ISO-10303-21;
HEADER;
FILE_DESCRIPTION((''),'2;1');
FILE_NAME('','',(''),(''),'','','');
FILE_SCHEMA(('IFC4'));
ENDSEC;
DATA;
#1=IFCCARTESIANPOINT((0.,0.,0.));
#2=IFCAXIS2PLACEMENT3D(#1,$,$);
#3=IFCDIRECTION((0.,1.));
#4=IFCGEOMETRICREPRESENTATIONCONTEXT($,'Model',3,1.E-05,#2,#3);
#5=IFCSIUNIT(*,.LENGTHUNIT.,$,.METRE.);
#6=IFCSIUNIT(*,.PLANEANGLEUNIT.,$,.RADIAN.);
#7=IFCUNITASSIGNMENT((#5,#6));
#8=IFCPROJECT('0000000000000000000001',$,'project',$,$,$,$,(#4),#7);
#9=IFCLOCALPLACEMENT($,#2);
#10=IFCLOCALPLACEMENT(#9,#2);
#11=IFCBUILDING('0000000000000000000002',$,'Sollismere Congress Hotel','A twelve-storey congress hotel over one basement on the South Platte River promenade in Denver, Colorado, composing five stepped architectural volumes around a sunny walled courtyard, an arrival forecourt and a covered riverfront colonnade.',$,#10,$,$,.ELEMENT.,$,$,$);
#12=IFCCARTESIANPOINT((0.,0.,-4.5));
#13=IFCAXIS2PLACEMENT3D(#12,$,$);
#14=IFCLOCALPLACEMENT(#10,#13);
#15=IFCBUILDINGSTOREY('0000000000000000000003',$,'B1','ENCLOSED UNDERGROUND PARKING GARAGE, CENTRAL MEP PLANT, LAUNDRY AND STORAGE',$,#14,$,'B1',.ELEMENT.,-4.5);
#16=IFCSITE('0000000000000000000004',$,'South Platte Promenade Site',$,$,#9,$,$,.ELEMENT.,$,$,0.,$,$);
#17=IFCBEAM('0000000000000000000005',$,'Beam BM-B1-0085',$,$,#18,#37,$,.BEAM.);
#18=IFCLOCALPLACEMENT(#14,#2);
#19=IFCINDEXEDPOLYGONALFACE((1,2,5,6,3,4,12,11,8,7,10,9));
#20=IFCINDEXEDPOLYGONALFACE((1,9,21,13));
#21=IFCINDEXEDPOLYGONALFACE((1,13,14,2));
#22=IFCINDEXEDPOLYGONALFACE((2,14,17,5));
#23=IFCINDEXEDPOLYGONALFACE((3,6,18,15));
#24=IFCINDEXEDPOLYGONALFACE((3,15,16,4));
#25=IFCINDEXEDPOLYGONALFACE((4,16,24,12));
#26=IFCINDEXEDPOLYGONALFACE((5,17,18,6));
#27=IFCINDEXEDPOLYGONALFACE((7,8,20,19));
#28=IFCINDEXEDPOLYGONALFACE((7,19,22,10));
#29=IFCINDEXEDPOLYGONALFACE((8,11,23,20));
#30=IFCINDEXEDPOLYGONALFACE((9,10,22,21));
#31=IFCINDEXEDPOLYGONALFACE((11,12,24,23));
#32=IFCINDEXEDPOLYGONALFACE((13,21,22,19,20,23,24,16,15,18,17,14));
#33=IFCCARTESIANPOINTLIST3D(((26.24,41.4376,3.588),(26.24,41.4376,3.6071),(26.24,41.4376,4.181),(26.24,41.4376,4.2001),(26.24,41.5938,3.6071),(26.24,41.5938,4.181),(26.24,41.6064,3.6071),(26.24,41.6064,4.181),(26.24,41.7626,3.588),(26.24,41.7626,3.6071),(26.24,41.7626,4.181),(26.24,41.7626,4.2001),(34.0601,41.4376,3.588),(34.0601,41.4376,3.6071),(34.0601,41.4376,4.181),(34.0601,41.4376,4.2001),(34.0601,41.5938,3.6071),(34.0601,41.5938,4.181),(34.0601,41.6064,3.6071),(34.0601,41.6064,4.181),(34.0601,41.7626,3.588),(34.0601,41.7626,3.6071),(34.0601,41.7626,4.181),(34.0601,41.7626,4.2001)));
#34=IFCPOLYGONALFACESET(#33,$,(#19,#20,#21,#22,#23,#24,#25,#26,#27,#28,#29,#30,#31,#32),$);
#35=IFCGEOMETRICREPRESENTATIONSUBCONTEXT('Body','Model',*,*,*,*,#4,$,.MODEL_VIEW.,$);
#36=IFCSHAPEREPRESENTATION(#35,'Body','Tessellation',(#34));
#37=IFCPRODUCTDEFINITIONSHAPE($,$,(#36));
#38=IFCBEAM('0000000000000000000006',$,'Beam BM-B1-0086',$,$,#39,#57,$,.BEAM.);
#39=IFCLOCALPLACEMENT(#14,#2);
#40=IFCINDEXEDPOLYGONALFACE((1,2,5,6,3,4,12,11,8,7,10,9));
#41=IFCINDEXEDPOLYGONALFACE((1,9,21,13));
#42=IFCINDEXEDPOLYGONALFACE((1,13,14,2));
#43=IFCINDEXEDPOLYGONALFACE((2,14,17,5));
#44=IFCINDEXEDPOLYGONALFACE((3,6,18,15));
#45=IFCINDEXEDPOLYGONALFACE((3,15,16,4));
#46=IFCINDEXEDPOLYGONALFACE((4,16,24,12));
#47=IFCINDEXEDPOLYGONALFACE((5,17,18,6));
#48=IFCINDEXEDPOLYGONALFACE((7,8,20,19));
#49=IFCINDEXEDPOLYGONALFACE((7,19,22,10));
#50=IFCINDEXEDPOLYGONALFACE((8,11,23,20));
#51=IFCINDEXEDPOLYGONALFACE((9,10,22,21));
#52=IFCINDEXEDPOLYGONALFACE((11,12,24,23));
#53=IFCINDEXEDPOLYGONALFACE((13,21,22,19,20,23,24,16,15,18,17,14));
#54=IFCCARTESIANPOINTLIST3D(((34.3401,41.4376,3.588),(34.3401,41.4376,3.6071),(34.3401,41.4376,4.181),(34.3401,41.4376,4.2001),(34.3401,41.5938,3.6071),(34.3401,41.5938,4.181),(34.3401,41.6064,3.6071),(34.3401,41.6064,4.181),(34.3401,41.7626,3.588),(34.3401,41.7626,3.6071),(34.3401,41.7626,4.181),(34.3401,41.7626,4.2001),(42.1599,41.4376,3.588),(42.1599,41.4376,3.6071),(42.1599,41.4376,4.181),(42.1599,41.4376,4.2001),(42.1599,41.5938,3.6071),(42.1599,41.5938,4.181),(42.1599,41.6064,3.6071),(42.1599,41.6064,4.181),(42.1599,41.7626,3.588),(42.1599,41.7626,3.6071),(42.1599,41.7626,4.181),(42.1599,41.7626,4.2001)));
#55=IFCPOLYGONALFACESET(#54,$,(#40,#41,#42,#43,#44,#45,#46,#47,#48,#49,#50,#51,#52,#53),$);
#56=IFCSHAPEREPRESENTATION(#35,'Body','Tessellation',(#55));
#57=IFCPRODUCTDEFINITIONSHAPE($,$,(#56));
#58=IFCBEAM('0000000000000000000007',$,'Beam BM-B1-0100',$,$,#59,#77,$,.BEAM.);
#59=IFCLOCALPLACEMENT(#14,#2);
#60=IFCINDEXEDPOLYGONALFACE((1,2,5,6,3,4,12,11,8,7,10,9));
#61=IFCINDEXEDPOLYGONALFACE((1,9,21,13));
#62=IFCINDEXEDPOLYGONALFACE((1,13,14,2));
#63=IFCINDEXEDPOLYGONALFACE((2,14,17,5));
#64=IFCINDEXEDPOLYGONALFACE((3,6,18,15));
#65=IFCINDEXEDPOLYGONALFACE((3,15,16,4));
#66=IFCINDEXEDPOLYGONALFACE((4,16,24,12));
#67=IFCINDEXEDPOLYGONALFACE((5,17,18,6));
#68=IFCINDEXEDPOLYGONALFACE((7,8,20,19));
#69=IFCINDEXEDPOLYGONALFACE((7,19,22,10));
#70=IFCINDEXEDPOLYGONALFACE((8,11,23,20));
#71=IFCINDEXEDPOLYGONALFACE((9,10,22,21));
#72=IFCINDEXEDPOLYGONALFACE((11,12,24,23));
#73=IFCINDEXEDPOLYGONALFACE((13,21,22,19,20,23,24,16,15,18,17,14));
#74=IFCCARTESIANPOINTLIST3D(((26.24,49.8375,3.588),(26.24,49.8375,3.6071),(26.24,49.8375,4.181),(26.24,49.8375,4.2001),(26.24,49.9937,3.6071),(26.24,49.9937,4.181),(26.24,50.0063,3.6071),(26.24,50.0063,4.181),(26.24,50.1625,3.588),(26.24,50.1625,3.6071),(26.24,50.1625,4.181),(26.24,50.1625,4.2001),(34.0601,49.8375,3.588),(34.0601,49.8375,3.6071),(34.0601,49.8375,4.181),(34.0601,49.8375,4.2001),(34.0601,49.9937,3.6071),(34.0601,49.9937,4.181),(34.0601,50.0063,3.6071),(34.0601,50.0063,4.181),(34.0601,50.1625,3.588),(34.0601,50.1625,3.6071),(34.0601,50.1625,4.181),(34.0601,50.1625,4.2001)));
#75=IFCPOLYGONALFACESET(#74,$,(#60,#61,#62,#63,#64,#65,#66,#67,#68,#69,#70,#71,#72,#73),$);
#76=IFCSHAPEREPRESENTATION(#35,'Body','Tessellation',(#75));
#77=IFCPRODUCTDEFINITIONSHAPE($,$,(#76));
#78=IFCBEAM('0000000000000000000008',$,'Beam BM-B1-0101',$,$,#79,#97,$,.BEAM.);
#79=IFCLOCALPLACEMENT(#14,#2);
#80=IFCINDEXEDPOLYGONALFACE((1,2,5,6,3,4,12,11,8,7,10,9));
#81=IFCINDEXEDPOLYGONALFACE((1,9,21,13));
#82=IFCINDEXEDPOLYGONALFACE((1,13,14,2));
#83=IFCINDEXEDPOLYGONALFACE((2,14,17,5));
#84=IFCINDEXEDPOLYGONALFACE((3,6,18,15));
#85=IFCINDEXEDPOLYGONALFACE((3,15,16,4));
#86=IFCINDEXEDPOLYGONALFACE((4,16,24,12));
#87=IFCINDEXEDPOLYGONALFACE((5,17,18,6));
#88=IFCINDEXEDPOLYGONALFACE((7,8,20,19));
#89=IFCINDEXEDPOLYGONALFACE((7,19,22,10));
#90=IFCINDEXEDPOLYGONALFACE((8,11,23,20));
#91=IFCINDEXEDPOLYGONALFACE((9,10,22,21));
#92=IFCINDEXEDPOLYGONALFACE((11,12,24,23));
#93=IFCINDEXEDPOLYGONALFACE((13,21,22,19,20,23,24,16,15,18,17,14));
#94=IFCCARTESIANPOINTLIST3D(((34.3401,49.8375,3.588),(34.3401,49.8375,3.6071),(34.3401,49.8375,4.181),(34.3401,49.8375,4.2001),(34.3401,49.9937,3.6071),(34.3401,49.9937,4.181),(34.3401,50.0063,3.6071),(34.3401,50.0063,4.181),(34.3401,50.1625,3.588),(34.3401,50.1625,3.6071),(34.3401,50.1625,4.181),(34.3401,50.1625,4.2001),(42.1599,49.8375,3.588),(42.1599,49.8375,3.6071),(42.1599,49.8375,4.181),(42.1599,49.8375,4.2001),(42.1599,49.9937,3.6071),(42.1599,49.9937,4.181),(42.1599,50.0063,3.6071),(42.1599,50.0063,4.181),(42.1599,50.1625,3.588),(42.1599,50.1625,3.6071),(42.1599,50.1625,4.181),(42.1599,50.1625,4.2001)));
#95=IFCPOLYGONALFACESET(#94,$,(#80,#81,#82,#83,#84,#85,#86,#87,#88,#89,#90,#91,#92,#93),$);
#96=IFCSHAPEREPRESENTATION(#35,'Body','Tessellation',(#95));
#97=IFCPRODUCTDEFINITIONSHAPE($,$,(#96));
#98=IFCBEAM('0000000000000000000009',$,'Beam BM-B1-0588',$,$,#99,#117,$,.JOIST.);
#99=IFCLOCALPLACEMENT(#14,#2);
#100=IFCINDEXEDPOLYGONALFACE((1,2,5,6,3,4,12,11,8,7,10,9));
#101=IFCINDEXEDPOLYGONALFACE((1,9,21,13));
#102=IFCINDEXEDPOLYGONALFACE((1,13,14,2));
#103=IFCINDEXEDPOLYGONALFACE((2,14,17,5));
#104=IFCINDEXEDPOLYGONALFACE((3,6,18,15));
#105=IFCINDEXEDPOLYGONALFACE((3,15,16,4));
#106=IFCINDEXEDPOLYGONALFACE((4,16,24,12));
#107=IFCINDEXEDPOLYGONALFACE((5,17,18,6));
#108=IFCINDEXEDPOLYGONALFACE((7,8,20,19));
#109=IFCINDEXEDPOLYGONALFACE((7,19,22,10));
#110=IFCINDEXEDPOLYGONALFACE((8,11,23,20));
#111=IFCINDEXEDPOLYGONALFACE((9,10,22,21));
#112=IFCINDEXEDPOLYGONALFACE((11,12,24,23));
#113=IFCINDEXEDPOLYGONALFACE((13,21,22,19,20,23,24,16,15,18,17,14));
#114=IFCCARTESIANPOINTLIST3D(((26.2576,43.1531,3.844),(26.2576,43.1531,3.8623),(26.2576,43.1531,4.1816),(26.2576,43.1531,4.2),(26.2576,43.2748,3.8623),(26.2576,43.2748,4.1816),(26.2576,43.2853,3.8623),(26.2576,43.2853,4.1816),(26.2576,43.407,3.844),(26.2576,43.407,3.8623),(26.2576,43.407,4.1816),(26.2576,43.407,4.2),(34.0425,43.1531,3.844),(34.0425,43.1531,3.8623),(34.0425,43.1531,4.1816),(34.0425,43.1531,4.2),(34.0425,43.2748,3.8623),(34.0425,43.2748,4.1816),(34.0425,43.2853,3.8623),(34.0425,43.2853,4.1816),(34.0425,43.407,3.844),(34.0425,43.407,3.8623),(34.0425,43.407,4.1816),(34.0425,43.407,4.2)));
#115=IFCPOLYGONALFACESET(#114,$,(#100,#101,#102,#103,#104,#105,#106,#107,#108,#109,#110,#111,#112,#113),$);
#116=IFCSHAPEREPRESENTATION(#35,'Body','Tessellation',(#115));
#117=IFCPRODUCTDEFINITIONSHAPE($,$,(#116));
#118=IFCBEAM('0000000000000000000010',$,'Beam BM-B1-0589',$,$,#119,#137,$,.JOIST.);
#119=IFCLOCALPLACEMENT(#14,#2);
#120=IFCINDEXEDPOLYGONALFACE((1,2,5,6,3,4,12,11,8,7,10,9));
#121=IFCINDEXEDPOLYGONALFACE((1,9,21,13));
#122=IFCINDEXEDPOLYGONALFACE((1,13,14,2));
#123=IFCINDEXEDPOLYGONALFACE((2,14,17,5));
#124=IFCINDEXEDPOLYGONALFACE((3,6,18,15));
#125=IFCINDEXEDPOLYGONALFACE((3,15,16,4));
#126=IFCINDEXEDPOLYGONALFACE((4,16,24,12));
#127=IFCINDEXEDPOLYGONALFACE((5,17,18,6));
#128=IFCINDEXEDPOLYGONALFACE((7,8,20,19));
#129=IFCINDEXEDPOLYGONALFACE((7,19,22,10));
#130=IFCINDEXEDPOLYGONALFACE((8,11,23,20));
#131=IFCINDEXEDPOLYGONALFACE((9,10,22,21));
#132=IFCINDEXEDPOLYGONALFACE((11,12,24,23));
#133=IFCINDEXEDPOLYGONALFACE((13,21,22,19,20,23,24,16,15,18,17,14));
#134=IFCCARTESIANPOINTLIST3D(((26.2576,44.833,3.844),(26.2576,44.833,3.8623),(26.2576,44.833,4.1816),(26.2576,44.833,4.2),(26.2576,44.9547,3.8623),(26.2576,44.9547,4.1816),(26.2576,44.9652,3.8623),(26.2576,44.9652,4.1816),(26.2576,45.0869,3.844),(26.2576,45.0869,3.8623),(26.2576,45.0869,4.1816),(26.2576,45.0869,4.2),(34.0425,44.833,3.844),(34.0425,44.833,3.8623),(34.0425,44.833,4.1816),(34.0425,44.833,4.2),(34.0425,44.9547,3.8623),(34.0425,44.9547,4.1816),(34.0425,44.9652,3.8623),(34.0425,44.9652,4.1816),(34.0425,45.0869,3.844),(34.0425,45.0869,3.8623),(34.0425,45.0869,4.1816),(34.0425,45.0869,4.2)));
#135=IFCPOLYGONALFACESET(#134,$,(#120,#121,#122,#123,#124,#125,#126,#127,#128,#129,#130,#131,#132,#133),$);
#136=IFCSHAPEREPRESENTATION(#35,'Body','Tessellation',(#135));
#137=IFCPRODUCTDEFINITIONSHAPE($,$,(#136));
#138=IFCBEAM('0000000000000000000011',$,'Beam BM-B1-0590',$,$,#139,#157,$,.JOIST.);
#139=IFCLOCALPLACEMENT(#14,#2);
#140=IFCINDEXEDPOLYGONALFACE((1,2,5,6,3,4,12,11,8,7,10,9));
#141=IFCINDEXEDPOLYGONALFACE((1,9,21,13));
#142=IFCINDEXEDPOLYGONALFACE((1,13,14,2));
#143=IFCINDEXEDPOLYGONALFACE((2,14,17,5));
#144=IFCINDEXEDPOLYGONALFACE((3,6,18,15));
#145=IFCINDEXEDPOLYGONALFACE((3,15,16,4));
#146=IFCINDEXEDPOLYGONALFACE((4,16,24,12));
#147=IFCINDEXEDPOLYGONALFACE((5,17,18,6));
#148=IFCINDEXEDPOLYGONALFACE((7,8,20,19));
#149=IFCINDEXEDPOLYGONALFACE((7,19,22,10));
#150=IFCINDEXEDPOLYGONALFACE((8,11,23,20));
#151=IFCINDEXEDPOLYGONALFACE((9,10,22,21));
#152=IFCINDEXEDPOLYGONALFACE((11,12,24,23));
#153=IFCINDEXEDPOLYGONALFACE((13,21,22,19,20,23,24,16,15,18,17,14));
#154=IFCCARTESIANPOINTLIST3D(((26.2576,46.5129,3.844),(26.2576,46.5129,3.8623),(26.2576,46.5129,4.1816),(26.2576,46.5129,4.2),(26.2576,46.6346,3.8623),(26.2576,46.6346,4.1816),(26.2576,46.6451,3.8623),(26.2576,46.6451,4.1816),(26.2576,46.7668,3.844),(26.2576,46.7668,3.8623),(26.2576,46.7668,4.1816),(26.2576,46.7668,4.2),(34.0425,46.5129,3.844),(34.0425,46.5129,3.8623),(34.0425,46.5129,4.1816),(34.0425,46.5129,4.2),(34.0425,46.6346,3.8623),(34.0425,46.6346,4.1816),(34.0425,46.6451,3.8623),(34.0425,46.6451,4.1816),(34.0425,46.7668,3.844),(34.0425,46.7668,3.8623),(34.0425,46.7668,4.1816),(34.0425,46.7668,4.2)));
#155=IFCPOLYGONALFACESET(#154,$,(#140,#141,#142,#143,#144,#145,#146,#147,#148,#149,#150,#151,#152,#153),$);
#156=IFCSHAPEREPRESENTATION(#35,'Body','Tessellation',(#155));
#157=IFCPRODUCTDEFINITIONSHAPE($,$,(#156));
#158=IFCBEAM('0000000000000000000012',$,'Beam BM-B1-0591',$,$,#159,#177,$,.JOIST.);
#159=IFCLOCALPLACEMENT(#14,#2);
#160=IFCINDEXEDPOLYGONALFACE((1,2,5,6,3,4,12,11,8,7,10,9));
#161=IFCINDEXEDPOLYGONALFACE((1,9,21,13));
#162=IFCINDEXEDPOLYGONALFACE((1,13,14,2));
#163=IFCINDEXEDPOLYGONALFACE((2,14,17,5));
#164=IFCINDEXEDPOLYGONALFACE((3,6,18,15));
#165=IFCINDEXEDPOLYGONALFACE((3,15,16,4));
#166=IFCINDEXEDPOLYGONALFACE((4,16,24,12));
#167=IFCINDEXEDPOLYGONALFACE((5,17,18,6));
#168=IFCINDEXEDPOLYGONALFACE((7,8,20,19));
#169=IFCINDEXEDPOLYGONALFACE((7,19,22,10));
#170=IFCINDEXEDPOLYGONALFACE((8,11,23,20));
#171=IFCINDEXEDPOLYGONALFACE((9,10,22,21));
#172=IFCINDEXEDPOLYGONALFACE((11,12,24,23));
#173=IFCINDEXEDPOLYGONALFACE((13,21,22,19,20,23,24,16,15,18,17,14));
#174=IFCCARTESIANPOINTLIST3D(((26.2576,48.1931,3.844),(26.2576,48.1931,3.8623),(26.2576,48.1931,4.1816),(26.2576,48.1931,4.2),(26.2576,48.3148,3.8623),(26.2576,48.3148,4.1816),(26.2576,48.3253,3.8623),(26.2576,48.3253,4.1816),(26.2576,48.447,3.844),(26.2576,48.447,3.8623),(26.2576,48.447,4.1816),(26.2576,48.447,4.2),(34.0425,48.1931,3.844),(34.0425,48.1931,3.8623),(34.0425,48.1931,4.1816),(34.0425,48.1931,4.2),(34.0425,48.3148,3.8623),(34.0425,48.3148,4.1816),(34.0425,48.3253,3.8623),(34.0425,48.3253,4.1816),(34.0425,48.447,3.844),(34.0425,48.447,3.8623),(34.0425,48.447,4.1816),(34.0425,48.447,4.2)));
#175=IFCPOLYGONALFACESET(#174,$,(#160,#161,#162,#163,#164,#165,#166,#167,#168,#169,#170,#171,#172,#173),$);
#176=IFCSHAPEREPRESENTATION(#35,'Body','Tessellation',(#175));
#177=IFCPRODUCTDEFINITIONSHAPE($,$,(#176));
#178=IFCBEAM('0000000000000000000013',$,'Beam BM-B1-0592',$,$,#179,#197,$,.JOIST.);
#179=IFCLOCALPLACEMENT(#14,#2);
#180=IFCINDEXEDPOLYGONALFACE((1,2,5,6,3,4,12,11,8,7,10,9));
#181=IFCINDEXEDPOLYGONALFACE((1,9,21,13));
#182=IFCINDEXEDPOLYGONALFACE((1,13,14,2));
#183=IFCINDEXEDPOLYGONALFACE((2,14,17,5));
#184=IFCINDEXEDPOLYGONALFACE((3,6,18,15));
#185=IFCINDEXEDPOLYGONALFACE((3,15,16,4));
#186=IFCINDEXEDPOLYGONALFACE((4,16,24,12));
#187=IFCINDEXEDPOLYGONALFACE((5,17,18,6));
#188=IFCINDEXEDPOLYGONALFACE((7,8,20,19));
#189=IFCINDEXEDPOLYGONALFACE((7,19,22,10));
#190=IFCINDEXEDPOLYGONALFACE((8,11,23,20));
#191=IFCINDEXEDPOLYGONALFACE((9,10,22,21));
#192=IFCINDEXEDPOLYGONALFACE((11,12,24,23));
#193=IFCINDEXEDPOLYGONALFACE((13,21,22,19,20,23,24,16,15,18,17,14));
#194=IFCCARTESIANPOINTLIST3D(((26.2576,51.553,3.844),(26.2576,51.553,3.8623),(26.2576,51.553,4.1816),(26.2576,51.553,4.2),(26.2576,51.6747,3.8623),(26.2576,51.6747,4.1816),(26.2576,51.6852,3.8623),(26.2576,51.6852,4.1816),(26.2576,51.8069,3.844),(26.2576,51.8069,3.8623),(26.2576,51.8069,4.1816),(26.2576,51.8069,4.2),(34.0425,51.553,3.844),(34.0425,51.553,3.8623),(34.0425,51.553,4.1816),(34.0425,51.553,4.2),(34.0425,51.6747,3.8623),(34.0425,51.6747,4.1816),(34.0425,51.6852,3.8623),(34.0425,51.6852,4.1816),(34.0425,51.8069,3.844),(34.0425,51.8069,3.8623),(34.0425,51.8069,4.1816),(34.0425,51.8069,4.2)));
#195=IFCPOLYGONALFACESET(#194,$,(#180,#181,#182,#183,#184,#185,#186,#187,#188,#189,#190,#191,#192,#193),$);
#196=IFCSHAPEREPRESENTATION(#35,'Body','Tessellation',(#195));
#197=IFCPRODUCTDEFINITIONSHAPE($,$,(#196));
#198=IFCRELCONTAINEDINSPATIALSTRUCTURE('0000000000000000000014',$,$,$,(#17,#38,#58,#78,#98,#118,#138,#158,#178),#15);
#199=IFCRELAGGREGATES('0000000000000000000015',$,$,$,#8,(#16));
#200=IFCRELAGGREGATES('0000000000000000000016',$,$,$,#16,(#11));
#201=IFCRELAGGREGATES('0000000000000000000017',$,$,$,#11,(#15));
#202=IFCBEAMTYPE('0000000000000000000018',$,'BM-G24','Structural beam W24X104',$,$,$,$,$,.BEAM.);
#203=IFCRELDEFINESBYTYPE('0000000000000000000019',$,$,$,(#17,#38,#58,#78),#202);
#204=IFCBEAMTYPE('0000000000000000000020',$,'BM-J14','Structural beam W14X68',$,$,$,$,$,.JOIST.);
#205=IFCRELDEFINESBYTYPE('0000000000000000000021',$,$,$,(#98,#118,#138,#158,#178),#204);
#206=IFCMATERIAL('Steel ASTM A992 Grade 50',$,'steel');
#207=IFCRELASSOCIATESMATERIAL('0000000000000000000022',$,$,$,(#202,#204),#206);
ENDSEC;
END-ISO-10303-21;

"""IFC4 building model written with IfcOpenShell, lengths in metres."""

from ifc_helpers import new_model, si_unit, direction, frame, origin, origin_2d, place, context, subcontext, project, spatial, i_section, extrude, material, material_profile, profile_set, type_object, element, save


model = new_model("IFC4")

# Units and contexts
model_context = context("Model", 3, precision=1e-05, world=origin(), true_north=direction((0.0, 1.0)))
body_context = subcontext(model_context, "Body", "Model", "MODEL_VIEW")
ifc_project = project(units=[si_unit("LENGTHUNIT", "METRE"), si_unit("PLANEANGLEUNIT", "RADIAN")], contexts=[model_context])

# Site, building, storey
site_placement = place(None, origin())
site = spatial("IfcSite", under=ifc_project, at=site_placement, Name="South Platte Promenade Site", CompositionType="ELEMENT", RefElevation=0.0)
building_placement = place(site_placement, origin())
building = spatial("IfcBuilding", under=site, at=building_placement, Name="Sollismere Congress Hotel", Description="A twelve-storey congress hotel over one basement on the South Platte River promenade in Denver, Colorado, composing five stepped architectural volumes around a sunny walled courtyard, an arrival forecourt and a covered riverfront colonnade.", CompositionType="ELEMENT")
storey_placement = place(building_placement, frame((0.0, 0.0, -4.5)))
storey = spatial("IfcBuildingStorey", under=building, at=storey_placement, Name="B1", Description="ENCLOSED UNDERGROUND PARKING GARAGE, CENTRAL MEP PLANT, LAUNDRY AND STORAGE", LongName="B1", CompositionType="ELEMENT", Elevation=-4.5)

# Beams
ifc_material_1 = material(Name="Steel ASTM A992 Grade 50", Category="steel")
ifc_material_profile_1 = material_profile(ifc_material_1, i_section(OverallWidth=0.325, OverallDepth=0.6121, WebThickness=0.0127, FlangeThickness=0.019, at=origin_2d()), Name="W24X104")
ifc_profile_set_1 = profile_set([ifc_material_profile_1], Name="Steel ASTM A992 Grade 50")
beam_type_1 = type_object("IfcBeamType", Name="BM-G24", Description="Structural beam W24X104", PredefinedType="BEAM", material=ifc_profile_set_1)
beam_1_placement = place(storey_placement, frame((26.24, 41.6001, 3.894), z_axis=(1.0, 0.0, 0.0), x_axis=(0.0, 1.0, 0.0)))
element("IfcBeam", 1, at=beam_1_placement, inside=storey, type_object=beam_type_1, Name="Beam BM-B1-0085", PredefinedType="BEAM", context=body_context, shape_type="SweptSolid", body=[
    extrude(i_section(OverallWidth=0.325, OverallDepth=0.6121, WebThickness=0.0127, FlangeThickness=0.019, at=origin_2d()), origin(), (0.0, 0.0, 1.0), 7.8201),
])
beam_2_placement = place(storey_placement, frame((34.3401, 41.6001, 3.894), z_axis=(1.0, 0.0, 0.0), x_axis=(0.0, 1.0, 0.0)))
element("IfcBeam", 2, at=beam_2_placement, inside=storey, type_object=beam_type_1, Name="Beam BM-B1-0086", PredefinedType="BEAM", context=body_context, shape_type="SweptSolid", body=[
    extrude(i_section(OverallWidth=0.325, OverallDepth=0.6121, WebThickness=0.0127, FlangeThickness=0.019, at=origin_2d()), origin(), (0.0, 0.0, 1.0), 7.8198),
])
beam_3_placement = place(storey_placement, frame((26.24, 50.0, 3.894), z_axis=(1.0, 0.0, 0.0), x_axis=(0.0, 1.0, 0.0)))
element("IfcBeam", 3, at=beam_3_placement, inside=storey, type_object=beam_type_1, Name="Beam BM-B1-0100", PredefinedType="BEAM", context=body_context, shape_type="SweptSolid", body=[
    extrude(i_section(OverallWidth=0.325, OverallDepth=0.6121, WebThickness=0.0127, FlangeThickness=0.019, at=origin_2d()), origin(), (0.0, 0.0, 1.0), 7.8201),
])
beam_4_placement = place(storey_placement, frame((34.3401, 50.0, 3.894), z_axis=(1.0, 0.0, 0.0), x_axis=(0.0, 1.0, 0.0)))
element("IfcBeam", 4, at=beam_4_placement, inside=storey, type_object=beam_type_1, Name="Beam BM-B1-0101", PredefinedType="BEAM", context=body_context, shape_type="SweptSolid", body=[
    extrude(i_section(OverallWidth=0.325, OverallDepth=0.6121, WebThickness=0.0127, FlangeThickness=0.019, at=origin_2d()), origin(), (0.0, 0.0, 1.0), 7.8198),
])
ifc_material_profile_2 = material_profile(ifc_material_1, i_section(OverallWidth=0.2539, OverallDepth=0.356, WebThickness=0.0105, FlangeThickness=0.0183, at=origin_2d()), Name="W14X68")
ifc_profile_set_2 = profile_set([ifc_material_profile_2], Name="Steel ASTM A992 Grade 50")
beam_type_2 = type_object("IfcBeamType", Name="BM-J14", Description="Structural beam W14X68", PredefinedType="JOIST", material=ifc_profile_set_2)
for number, where, z_axis, x_axis, name in (
    (5, (26.2576, 43.28, 4.022), (1.0, 0.0, 0.0), (0.0, 1.0, 0.0), "Beam BM-B1-0588"),
    (6, (26.2576, 44.96, 4.022), (1.0, 0.0, 0.0), (0.0, 1.0, 0.0), "Beam BM-B1-0589"),
    (7, (26.2576, 46.6399, 4.022), (1.0, 0.0, 0.0), (0.0, 1.0, 0.0), "Beam BM-B1-0590"),
    (8, (26.2576, 48.3201, 4.022), (1.0, 0.0, 0.0), (0.0, 1.0, 0.0), "Beam BM-B1-0591"),
    (9, (26.2576, 51.6799, 4.022), (1.0, 0.0, 0.0), (0.0, 1.0, 0.0), "Beam BM-B1-0592"),
):
    element("IfcBeam", number, at=place(storey_placement, frame(where, z_axis=z_axis, x_axis=x_axis)), inside=storey, type_object=beam_type_2, Name=name, PredefinedType="JOIST", context=body_context, shape_type="SweptSolid", body=[
        extrude(i_section(OverallWidth=0.2539, OverallDepth=0.356, WebThickness=0.0105, FlangeThickness=0.0183, at=origin_2d()), origin(), (0.0, 0.0, 1.0), 7.7849),
    ])

save(model, "model.ifc")
